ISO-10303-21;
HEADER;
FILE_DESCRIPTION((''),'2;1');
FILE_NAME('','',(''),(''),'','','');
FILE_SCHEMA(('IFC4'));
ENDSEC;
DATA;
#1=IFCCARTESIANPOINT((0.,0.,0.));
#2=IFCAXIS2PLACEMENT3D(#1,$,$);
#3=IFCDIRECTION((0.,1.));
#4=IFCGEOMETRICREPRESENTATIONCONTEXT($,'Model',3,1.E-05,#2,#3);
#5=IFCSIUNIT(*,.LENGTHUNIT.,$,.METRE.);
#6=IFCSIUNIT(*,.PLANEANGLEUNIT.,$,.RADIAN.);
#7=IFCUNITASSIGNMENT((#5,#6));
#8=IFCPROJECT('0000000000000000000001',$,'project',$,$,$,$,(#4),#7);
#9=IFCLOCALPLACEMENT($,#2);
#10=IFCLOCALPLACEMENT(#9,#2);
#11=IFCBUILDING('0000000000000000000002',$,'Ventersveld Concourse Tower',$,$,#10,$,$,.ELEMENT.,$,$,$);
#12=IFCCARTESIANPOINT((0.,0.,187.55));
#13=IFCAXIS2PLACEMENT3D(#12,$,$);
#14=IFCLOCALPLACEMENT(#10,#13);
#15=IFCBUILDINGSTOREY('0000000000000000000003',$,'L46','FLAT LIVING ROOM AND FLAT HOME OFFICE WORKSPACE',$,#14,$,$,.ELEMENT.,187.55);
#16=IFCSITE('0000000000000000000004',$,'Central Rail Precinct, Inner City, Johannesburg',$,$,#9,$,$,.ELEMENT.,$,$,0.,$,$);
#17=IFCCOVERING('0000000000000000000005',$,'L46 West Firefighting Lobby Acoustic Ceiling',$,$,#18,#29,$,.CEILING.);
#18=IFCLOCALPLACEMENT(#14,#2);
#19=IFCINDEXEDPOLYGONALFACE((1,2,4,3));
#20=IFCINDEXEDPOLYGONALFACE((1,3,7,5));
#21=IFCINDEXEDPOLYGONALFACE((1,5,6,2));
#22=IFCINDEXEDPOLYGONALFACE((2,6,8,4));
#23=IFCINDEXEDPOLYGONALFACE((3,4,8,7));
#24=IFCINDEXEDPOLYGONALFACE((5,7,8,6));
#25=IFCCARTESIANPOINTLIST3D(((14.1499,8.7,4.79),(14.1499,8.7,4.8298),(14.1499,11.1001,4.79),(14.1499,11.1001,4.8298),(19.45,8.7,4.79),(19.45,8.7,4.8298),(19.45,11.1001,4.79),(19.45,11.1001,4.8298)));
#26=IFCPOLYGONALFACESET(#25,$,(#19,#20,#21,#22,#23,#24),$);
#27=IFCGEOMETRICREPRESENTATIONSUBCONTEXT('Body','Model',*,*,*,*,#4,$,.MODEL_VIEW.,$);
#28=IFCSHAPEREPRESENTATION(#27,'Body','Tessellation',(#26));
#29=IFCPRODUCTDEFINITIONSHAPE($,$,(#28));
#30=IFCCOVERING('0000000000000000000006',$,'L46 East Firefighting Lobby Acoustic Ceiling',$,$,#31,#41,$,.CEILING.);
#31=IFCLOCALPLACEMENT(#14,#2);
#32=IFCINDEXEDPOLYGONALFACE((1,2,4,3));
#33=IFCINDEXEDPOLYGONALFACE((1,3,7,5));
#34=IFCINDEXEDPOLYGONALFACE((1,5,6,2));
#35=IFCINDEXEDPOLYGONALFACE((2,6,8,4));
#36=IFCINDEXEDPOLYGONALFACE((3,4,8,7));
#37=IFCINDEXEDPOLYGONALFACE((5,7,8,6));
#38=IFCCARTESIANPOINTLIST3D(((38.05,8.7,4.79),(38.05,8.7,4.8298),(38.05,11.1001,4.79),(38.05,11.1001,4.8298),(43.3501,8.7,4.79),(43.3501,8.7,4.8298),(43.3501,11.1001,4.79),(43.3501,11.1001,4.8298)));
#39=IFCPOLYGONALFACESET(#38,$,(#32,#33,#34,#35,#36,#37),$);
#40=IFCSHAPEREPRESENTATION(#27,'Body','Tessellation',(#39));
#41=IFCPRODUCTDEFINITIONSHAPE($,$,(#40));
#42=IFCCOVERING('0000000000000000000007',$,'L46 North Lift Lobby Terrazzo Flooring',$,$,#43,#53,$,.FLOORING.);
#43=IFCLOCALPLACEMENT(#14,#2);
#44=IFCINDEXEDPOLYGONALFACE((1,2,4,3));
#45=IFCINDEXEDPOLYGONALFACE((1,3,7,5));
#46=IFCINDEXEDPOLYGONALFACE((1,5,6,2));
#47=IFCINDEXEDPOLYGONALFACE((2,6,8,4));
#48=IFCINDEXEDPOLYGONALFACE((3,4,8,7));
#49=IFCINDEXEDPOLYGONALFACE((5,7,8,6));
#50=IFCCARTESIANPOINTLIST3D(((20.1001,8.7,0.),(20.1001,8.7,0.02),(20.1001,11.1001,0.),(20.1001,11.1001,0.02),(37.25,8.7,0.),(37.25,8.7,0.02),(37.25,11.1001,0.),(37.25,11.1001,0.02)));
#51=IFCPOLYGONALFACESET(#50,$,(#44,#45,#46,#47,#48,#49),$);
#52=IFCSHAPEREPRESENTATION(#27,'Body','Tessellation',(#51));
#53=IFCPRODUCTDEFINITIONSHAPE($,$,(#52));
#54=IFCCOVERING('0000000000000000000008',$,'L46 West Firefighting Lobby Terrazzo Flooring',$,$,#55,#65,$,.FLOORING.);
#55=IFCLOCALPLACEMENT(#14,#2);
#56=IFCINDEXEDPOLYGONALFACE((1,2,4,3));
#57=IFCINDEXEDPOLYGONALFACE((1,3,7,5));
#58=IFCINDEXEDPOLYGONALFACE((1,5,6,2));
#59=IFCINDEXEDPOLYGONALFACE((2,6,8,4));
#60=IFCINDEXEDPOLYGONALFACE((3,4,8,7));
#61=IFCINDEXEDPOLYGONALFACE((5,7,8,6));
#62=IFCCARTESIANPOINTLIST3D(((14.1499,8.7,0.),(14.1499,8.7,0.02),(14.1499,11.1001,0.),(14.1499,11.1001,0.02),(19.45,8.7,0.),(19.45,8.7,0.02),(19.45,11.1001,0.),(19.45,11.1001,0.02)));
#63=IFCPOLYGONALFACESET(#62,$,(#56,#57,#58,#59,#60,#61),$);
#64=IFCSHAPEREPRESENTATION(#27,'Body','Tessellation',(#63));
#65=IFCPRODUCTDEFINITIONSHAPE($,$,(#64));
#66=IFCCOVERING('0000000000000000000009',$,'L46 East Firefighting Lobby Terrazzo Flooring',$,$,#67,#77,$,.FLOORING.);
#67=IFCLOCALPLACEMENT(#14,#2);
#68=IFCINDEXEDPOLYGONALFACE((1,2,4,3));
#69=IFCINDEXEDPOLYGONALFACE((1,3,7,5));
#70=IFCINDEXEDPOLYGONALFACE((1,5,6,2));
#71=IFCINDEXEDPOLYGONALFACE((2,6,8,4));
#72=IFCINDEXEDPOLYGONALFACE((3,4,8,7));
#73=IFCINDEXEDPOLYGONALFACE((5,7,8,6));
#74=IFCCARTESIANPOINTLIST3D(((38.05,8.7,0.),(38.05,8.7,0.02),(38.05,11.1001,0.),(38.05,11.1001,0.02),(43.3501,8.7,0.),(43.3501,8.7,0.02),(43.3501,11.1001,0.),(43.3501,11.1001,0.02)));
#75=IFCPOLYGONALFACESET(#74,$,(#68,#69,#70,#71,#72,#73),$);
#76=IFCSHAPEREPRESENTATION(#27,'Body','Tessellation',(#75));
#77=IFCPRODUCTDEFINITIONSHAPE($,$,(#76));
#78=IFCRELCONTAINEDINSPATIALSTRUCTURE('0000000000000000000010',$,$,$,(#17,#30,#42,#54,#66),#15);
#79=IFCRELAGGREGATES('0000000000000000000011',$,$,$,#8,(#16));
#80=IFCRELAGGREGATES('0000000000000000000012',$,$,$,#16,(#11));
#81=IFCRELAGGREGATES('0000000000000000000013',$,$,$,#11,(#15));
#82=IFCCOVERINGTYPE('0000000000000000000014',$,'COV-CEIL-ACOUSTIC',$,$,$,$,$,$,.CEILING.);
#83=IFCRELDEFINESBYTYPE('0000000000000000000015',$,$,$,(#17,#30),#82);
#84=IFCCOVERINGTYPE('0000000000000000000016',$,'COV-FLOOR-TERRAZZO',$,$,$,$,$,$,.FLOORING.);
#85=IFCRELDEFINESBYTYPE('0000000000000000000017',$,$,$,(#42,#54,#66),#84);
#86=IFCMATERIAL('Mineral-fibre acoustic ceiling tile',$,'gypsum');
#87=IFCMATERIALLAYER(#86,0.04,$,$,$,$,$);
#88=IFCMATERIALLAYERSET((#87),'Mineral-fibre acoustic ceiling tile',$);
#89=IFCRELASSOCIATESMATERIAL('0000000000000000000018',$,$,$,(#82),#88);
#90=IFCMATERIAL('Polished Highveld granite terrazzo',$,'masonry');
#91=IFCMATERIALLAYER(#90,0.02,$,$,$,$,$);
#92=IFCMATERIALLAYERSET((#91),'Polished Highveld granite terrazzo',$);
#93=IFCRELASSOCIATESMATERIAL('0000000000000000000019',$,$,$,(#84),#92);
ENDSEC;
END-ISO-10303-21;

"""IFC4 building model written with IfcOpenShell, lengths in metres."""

from ifc_helpers import new_model, si_unit, direction, frame, origin, place, context, subcontext, project, spatial, polyline, outline, extrude, material, layer, layer_set, type_object, element, save


model = new_model("IFC4")

# Units and contexts
model_context = context("Model", 3, precision=1e-05, world=origin(), true_north=direction((0.0, 1.0)))
body_context = subcontext(model_context, "Body", "Model", "MODEL_VIEW")
ifc_project = project(units=[si_unit("LENGTHUNIT", "METRE"), si_unit("PLANEANGLEUNIT", "RADIAN")], contexts=[model_context])

# Site, building, storey
site_placement = place(None, origin())
site = spatial("IfcSite", under=ifc_project, at=site_placement, Name="Central Rail Precinct, Inner City, Johannesburg", CompositionType="ELEMENT", RefElevation=0.0)
building_placement = place(site_placement, origin())
building = spatial("IfcBuilding", under=site, at=building_placement, Name="Ventersveld Concourse Tower", CompositionType="ELEMENT")
storey_placement = place(building_placement, frame((0.0, 0.0, 187.55)))
storey = spatial("IfcBuildingStorey", under=building, at=storey_placement, Name="L46", Description="FLAT LIVING ROOM AND FLAT HOME OFFICE WORKSPACE", CompositionType="ELEMENT", Elevation=187.55)

# Coverings
ifc_material_1 = material(Name="Mineral-fibre acoustic ceiling tile", Category="gypsum")
ifc_layer_1 = layer(ifc_material_1, 0.04)
ifc_layer_set_1 = layer_set([ifc_layer_1], Name="Mineral-fibre acoustic ceiling tile")
covering_type_1 = type_object("IfcCoveringType", Name="COV-CEIL-ACOUSTIC", PredefinedType="CEILING", material=ifc_layer_set_1)
covering_1_placement = place(storey_placement, frame((0.0, 0.0, 4.79)))
element("IfcCovering", 1, at=covering_1_placement, inside=storey, type_object=covering_type_1, Name="L46 West Firefighting Lobby Acoustic Ceiling", PredefinedType="CEILING", context=body_context, shape_type="SweptSolid", body=[
    extrude(outline(polyline([(14.1499, 8.7), (19.45, 8.7), (19.45, 11.1001), (14.1499, 11.1001), (14.1499, 8.7)])), origin(), (0.0, 0.0, 1.0), 0.0398),
])
covering_2_placement = place(storey_placement, frame((0.0, 0.0, 4.79)))
element("IfcCovering", 2, at=covering_2_placement, inside=storey, type_object=covering_type_1, Name="L46 East Firefighting Lobby Acoustic Ceiling", PredefinedType="CEILING", context=body_context, shape_type="SweptSolid", body=[
    extrude(outline(polyline([(38.05, 8.7), (43.3501, 8.7), (43.3501, 11.1001), (38.05, 11.1001), (38.05, 8.7)])), origin(), (0.0, 0.0, 1.0), 0.0398),
])
ifc_material_2 = material(Name="Polished Highveld granite terrazzo", Category="masonry")
ifc_layer_2 = layer(ifc_material_2, 0.02)
ifc_layer_set_2 = layer_set([ifc_layer_2], Name="Polished Highveld granite terrazzo")
covering_type_2 = type_object("IfcCoveringType", Name="COV-FLOOR-TERRAZZO", PredefinedType="FLOORING", material=ifc_layer_set_2)
covering_3_placement = place(storey_placement, origin())
element("IfcCovering", 3, at=covering_3_placement, inside=storey, type_object=covering_type_2, Name="L46 North Lift Lobby Terrazzo Flooring", PredefinedType="FLOORING", context=body_context, shape_type="SweptSolid", body=[
    extrude(outline(polyline([(20.1001, 8.7), (37.25, 8.7), (37.25, 11.1001), (20.1001, 11.1001), (20.1001, 8.7)])), origin(), (0.0, 0.0, 1.0), 0.02),
])
covering_4_placement = place(storey_placement, origin())
element("IfcCovering", 4, at=covering_4_placement, inside=storey, type_object=covering_type_2, Name="L46 West Firefighting Lobby Terrazzo Flooring", PredefinedType="FLOORING", context=body_context, shape_type="SweptSolid", body=[
    extrude(outline(polyline([(14.1499, 8.7), (19.45, 8.7), (19.45, 11.1001), (14.1499, 11.1001), (14.1499, 8.7)])), origin(), (0.0, 0.0, 1.0), 0.02),
])
covering_5_placement = place(storey_placement, origin())
element("IfcCovering", 5, at=covering_5_placement, inside=storey, type_object=covering_type_2, Name="L46 East Firefighting Lobby Terrazzo Flooring", PredefinedType="FLOORING", context=body_context, shape_type="SweptSolid", body=[
    extrude(outline(polyline([(38.05, 8.7), (43.3501, 8.7), (43.3501, 11.1001), (38.05, 11.1001), (38.05, 8.7)])), origin(), (0.0, 0.0, 1.0), 0.02),
])

save(model, "model.ifc")
